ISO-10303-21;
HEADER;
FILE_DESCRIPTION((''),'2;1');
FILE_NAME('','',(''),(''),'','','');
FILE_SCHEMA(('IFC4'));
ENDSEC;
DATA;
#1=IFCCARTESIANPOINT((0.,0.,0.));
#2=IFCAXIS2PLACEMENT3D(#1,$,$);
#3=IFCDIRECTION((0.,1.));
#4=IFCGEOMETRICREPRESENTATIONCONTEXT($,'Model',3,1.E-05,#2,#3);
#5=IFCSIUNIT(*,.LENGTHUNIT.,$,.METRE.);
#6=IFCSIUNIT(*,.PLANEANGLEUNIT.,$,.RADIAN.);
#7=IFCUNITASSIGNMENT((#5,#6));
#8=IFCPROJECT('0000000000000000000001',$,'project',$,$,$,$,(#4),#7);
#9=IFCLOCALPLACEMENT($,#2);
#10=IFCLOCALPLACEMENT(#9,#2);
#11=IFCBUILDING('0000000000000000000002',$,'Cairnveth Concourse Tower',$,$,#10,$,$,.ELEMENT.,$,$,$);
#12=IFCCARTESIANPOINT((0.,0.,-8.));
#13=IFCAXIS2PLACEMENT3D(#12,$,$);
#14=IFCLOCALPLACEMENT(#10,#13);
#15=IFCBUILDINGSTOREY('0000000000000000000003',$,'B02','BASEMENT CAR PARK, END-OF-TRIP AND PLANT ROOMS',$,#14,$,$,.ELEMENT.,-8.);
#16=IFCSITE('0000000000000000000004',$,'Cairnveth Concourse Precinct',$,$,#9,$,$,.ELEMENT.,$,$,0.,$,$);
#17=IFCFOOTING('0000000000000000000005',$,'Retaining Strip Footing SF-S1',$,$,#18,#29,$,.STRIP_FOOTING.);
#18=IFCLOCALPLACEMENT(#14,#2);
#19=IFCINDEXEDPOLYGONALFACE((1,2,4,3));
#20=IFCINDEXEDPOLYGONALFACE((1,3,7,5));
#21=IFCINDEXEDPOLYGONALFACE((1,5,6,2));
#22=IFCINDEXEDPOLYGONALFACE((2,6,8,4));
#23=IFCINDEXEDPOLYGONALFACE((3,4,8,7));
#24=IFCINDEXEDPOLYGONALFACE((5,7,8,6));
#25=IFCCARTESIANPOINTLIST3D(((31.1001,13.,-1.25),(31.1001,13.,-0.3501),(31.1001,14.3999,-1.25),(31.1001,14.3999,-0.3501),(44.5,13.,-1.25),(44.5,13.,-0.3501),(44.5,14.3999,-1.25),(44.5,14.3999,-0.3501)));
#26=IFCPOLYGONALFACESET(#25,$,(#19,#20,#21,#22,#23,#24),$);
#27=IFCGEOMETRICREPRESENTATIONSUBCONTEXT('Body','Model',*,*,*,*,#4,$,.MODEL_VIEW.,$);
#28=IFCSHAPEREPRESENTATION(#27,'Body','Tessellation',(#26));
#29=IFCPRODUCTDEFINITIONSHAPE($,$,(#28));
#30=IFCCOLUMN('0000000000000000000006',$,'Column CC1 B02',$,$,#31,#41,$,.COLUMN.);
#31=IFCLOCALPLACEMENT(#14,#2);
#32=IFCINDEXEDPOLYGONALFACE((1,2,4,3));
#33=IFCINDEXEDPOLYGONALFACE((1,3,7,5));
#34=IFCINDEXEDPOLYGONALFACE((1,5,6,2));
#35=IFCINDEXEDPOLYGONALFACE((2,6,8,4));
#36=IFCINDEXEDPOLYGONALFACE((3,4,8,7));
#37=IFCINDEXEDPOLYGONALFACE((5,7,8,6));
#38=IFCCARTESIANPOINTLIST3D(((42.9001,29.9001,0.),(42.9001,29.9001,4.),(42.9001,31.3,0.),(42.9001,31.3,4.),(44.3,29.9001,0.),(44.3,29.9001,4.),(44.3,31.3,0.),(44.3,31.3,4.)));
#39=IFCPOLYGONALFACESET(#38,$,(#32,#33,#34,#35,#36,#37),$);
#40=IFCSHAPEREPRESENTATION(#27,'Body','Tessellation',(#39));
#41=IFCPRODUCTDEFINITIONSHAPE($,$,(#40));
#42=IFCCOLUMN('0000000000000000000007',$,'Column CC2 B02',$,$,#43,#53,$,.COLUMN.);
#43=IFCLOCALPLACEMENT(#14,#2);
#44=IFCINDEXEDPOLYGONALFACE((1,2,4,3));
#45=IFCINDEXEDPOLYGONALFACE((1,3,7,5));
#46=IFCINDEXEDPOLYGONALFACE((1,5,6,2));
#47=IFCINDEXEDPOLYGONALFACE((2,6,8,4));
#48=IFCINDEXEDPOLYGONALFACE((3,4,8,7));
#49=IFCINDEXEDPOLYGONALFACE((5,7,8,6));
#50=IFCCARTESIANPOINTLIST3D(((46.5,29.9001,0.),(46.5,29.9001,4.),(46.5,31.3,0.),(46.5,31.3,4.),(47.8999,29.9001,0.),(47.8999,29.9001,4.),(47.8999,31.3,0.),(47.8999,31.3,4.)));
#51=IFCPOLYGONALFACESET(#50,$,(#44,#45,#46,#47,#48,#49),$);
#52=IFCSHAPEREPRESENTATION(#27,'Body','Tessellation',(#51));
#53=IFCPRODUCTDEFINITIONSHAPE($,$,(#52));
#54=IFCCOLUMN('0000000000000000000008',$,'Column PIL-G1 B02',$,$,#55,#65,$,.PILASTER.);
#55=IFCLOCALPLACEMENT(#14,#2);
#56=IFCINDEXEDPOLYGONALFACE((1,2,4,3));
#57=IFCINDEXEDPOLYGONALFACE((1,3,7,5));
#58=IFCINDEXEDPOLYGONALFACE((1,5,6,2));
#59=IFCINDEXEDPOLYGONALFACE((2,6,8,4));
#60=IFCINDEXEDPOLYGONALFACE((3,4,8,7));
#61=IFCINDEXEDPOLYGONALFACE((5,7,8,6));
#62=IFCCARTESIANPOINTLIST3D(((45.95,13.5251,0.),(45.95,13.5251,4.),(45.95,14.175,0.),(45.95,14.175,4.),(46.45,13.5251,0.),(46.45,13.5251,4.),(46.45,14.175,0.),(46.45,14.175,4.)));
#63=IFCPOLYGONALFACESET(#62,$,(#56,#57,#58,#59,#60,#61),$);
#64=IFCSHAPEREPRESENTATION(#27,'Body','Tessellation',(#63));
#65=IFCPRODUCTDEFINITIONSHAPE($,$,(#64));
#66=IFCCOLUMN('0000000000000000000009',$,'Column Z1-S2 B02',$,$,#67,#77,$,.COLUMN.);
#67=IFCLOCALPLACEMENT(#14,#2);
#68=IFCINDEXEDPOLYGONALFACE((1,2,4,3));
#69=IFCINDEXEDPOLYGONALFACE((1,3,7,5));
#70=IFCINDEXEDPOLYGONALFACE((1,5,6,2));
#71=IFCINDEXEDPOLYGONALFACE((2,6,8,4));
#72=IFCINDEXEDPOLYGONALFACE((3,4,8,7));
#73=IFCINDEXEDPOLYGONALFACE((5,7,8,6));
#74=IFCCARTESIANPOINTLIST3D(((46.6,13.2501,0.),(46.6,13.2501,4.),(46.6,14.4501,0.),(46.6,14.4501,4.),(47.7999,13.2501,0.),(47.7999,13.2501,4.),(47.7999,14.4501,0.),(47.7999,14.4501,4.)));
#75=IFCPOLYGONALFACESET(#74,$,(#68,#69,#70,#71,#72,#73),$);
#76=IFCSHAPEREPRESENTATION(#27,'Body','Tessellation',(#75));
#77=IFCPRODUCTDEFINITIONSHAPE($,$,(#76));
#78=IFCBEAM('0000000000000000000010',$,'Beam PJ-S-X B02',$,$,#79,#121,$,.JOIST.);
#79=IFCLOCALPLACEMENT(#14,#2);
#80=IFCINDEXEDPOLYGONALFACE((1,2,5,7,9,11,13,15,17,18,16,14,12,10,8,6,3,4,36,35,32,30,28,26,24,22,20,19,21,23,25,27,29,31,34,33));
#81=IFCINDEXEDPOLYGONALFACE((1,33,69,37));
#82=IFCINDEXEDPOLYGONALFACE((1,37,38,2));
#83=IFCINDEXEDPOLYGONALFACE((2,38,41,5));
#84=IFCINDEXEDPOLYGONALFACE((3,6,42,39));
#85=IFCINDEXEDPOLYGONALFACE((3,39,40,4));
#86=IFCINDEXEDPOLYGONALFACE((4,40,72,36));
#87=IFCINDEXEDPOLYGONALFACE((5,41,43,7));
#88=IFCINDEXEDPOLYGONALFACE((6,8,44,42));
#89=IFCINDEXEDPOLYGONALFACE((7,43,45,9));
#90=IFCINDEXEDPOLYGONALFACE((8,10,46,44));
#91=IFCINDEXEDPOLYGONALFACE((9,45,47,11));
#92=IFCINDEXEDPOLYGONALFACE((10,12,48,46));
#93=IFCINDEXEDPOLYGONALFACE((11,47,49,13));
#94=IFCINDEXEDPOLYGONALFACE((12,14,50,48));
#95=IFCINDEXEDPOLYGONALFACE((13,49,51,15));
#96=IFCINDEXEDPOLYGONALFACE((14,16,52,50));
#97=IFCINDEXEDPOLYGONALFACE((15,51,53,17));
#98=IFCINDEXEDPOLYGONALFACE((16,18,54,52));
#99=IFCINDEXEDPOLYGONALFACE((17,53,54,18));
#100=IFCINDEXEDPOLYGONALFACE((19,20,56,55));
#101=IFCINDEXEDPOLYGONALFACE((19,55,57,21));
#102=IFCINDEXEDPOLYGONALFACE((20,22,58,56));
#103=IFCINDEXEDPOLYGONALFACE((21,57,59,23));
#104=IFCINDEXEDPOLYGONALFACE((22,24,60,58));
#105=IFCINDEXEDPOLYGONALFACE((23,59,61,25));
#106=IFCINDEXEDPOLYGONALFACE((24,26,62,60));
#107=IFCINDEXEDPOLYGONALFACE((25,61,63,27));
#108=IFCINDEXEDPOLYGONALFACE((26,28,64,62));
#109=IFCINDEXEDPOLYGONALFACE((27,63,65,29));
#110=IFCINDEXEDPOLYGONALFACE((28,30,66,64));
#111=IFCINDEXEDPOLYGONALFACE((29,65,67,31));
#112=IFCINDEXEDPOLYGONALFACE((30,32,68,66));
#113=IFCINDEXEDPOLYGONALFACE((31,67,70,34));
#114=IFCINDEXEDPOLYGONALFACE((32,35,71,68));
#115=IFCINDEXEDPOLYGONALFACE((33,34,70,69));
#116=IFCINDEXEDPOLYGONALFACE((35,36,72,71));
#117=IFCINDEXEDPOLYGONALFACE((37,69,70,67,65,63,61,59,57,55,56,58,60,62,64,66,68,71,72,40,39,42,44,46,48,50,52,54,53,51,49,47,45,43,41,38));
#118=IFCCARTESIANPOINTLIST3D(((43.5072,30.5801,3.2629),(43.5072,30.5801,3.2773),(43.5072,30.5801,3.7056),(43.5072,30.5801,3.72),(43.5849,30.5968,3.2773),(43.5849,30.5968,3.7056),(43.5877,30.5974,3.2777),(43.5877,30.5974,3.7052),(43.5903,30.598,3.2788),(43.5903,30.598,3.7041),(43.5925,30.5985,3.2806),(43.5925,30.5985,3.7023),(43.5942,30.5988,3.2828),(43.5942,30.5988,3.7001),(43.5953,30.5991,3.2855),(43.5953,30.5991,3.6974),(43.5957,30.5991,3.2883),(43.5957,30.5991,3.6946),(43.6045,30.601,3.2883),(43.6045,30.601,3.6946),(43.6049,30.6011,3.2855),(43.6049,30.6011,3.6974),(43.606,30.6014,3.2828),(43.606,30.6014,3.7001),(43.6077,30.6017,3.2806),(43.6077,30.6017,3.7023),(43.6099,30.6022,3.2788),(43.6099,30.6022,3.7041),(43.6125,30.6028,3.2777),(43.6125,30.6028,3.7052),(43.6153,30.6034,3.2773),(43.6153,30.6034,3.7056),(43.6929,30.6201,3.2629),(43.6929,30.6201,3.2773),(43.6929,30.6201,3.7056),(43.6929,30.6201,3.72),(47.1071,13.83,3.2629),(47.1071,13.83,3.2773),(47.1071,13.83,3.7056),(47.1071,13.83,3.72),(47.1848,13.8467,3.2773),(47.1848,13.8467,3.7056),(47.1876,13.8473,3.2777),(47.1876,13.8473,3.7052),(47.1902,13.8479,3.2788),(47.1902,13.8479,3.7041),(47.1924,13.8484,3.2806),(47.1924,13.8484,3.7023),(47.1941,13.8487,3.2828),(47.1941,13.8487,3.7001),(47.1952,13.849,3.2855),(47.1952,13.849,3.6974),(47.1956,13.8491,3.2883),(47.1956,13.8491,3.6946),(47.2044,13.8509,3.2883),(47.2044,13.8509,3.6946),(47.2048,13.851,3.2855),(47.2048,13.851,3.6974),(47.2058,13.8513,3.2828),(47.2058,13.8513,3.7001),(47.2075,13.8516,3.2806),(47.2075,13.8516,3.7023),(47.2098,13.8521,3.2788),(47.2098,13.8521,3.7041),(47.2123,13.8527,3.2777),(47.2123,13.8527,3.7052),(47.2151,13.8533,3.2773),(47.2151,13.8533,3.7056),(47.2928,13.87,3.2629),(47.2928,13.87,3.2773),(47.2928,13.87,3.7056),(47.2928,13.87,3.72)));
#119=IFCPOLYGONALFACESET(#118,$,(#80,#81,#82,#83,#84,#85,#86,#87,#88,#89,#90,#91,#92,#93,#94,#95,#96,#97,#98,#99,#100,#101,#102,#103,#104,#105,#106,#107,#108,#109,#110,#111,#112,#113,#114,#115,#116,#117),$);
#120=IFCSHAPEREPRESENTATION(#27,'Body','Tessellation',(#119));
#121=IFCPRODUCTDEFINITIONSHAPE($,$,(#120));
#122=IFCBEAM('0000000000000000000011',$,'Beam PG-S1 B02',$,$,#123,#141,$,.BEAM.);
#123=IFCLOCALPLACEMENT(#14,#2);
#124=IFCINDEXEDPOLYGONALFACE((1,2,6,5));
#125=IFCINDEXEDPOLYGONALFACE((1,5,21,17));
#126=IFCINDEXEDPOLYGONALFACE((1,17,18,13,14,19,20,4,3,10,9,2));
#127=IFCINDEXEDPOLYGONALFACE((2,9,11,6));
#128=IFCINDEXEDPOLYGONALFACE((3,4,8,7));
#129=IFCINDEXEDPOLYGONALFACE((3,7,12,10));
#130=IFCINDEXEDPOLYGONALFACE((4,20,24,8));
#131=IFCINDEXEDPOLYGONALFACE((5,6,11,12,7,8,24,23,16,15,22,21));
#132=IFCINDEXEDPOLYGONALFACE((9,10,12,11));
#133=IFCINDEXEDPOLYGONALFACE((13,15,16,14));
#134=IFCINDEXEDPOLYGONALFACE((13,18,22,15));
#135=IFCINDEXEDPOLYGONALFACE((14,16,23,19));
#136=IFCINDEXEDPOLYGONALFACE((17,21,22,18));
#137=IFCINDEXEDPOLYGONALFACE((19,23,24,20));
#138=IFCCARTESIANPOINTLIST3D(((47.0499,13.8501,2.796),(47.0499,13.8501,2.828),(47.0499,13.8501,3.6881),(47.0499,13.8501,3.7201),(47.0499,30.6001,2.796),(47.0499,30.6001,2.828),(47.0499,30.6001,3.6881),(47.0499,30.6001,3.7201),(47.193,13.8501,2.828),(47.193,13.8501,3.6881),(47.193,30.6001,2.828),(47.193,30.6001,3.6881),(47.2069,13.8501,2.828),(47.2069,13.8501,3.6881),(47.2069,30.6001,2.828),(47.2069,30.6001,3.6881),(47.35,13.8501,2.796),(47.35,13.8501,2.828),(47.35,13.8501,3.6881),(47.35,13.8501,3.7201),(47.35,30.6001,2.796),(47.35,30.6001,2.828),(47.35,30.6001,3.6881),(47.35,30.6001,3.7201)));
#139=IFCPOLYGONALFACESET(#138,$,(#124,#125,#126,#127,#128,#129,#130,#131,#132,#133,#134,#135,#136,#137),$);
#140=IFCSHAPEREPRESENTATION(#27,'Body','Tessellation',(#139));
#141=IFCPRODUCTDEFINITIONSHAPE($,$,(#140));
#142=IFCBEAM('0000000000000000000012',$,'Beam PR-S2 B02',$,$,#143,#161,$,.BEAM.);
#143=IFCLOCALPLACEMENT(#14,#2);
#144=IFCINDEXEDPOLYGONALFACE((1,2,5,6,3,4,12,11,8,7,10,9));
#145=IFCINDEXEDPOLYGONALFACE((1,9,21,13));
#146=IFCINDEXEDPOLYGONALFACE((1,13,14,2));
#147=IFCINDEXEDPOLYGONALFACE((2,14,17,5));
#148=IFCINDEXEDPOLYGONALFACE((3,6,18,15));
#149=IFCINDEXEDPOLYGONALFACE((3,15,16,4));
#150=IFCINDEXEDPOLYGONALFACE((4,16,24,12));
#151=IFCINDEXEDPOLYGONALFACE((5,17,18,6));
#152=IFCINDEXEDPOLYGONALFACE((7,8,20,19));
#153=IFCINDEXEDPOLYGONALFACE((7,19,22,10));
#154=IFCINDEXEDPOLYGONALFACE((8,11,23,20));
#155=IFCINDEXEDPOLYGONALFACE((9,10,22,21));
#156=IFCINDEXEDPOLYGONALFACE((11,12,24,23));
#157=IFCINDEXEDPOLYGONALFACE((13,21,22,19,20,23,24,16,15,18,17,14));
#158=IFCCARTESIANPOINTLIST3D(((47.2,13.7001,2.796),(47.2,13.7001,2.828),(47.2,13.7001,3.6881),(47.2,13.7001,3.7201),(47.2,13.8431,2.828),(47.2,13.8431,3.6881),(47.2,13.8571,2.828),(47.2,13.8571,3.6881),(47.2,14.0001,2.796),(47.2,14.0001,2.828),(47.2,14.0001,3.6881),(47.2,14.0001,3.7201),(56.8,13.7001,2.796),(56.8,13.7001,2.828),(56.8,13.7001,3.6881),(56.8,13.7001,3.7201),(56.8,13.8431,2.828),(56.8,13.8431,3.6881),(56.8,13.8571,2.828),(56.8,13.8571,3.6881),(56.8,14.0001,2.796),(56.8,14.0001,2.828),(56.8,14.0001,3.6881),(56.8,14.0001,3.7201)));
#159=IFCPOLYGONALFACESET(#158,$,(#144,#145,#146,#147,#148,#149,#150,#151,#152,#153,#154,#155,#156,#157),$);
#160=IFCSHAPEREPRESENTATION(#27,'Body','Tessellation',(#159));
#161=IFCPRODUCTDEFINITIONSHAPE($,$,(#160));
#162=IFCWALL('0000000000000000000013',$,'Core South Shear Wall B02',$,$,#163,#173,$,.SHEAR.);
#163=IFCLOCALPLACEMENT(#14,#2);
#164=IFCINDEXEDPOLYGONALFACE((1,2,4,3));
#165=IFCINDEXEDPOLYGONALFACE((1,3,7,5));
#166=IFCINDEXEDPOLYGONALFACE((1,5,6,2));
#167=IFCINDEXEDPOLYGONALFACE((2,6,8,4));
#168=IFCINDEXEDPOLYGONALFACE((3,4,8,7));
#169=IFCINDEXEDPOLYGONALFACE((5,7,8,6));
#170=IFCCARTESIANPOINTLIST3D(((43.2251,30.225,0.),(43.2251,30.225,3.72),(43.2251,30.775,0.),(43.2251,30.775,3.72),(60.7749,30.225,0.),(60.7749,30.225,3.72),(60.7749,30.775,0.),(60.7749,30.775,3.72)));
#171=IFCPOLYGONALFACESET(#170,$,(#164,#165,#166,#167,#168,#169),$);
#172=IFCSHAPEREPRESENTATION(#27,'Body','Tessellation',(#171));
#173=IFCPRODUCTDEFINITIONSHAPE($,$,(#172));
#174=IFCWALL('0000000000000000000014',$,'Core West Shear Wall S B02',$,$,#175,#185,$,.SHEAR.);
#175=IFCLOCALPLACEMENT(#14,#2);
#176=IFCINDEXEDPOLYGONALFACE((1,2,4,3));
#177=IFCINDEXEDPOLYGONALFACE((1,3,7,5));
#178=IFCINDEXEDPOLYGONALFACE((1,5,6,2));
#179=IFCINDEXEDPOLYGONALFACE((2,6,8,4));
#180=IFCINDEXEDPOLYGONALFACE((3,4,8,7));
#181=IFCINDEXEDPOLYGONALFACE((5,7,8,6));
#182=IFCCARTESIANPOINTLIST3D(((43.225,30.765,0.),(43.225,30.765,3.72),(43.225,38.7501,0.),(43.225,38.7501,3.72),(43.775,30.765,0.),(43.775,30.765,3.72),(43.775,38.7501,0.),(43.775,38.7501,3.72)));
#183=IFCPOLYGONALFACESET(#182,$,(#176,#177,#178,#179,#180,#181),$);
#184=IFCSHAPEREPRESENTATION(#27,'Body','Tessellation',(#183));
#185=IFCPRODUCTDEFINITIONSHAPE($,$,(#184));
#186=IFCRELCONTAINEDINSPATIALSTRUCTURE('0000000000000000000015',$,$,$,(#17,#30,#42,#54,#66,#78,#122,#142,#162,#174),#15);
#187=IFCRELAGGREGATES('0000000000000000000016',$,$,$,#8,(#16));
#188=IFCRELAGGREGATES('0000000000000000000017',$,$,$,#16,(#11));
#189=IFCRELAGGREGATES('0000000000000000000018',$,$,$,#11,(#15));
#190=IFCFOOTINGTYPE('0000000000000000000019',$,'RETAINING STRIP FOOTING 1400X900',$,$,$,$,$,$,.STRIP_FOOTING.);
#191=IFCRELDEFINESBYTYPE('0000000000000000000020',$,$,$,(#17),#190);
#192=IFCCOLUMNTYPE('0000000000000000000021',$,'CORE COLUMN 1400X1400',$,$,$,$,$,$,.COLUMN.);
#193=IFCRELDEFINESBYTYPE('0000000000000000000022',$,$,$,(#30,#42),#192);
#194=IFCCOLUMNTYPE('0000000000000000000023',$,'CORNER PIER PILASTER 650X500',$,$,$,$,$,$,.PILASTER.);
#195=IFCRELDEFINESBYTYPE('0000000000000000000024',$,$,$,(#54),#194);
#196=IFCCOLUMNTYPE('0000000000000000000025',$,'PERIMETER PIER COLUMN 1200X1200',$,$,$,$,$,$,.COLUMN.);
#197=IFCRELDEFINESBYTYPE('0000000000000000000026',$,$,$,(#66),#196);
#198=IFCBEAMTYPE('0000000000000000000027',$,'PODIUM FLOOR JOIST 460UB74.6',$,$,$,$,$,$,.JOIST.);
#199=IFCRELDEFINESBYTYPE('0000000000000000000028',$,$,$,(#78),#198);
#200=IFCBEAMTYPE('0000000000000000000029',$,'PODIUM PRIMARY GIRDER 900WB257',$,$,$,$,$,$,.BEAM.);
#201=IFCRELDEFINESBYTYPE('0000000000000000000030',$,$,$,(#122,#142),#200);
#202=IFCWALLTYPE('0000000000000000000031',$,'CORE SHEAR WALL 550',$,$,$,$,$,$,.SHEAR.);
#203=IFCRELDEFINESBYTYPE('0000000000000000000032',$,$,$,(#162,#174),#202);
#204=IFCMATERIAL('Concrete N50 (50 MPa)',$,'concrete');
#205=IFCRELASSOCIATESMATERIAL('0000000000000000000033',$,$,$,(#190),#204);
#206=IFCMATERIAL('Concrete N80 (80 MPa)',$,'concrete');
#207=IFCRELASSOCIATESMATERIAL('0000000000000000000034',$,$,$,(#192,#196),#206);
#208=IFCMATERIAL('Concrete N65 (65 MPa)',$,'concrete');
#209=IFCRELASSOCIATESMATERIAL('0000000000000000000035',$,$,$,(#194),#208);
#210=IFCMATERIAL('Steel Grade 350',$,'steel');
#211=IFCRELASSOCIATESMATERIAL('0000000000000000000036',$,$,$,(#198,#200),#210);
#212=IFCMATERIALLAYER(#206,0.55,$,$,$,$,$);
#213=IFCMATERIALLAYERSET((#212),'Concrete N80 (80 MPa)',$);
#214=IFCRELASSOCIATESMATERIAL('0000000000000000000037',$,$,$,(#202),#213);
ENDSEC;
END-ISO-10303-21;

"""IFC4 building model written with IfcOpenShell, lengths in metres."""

from ifc_helpers import new_model, si_unit, direction, frame, frame_2d, origin, origin_2d, place, context, subcontext, project, spatial, rectangle, i_section, extrude, material, layer, layer_set, material_profile, profile_set, type_object, element, save


model = new_model("IFC4")

# Units and contexts
model_context = context("Model", 3, precision=1e-05, world=origin(), true_north=direction((0.0, 1.0)))
body_context = subcontext(model_context, "Body", "Model", "MODEL_VIEW")
ifc_project = project(units=[si_unit("LENGTHUNIT", "METRE"), si_unit("PLANEANGLEUNIT", "RADIAN")], contexts=[model_context])

# Site, building, storey
site_placement = place(None, origin())
site = spatial("IfcSite", under=ifc_project, at=site_placement, Name="Cairnveth Concourse Precinct", CompositionType="ELEMENT", RefElevation=0.0)
building_placement = place(site_placement, origin())
building = spatial("IfcBuilding", under=site, at=building_placement, Name="Cairnveth Concourse Tower", CompositionType="ELEMENT")
storey_placement = place(building_placement, frame((0.0, 0.0, -8.0)))
storey = spatial("IfcBuildingStorey", under=building, at=storey_placement, Name="B02", Description="BASEMENT CAR PARK, END-OF-TRIP AND PLANT ROOMS", CompositionType="ELEMENT", Elevation=-8.0)

# Shared definitions
ifc_material_1 = material(Name="Concrete N50 (50 MPa)", Category="concrete")
ifc_material_2 = material(Name="Concrete N65 (65 MPa)", Category="concrete")

# Footing
ifc_material_profile_1 = material_profile(ifc_material_1, rectangle(XDim=1.3999, YDim=0.8999, at=origin_2d()), Name="SF-1400x900")
ifc_profile_set_1 = profile_set([ifc_material_profile_1], Name="Concrete N50 (50 MPa)")
footing_type_1 = type_object("IfcFootingType", Name="RETAINING STRIP FOOTING 1400X900", PredefinedType="STRIP_FOOTING", material=ifc_profile_set_1)
footing_1_placement = place(storey_placement, frame((31.1001, 13.7, -0.8), z_axis=(1.0, 0.0, 0.0), x_axis=(0.0, 1.0, 0.0)))
element("IfcFooting", 1, at=footing_1_placement, inside=storey, type_object=footing_type_1, Name="Retaining Strip Footing SF-S1", PredefinedType="STRIP_FOOTING", context=body_context, shape_type="SweptSolid", body=[
    extrude(rectangle(XDim=1.3999, YDim=0.8999, at=origin_2d()), origin(), (0.0, 0.0, 1.0), 13.3999),
])

# Columns
ifc_material_3 = material(Name="Concrete N80 (80 MPa)", Category="concrete")
ifc_material_profile_2 = material_profile(ifc_material_3, rectangle(XDim=1.3999, YDim=1.3999, at=origin_2d()), Name="RC-COL-1400x1400")
ifc_profile_set_2 = profile_set([ifc_material_profile_2], Name="Concrete N80 (80 MPa)")
column_type_1 = type_object("IfcColumnType", Name="CORE COLUMN 1400X1400", PredefinedType="COLUMN", material=ifc_profile_set_2)
for number, where, z_axis, x_axis, name in (
    (2, (43.6001, 30.6001, 0.0), (0.0, 0.0, 1.0), (1.0, 0.0, 0.0), "Column CC1 B02"),
    (3, (47.2, 30.6001, 0.0), (0.0, 0.0, 1.0), (1.0, 0.0, 0.0), "Column CC2 B02"),
):
    element("IfcColumn", number, at=place(storey_placement, frame(where, z_axis=z_axis, x_axis=x_axis)), inside=storey, type_object=column_type_1, Name=name, PredefinedType="COLUMN", context=body_context, shape_type="SweptSolid", body=[
        extrude(rectangle(XDim=1.3999, YDim=1.3999, at=origin_2d()), origin(), (0.0, 0.0, 1.0), 4.0),
    ])
ifc_material_profile_3 = material_profile(ifc_material_2, rectangle(XDim=0.5, YDim=0.6499, at=origin_2d()), Name="RC-PIL-650x500")
ifc_profile_set_3 = profile_set([ifc_material_profile_3], Name="Concrete N65 (65 MPa)")
column_type_2 = type_object("IfcColumnType", Name="CORNER PIER PILASTER 650X500", PredefinedType="PILASTER", material=ifc_profile_set_3)
column_1_placement = place(storey_placement, frame((46.2, 13.8501, 0.0), z_axis=(0.0, 0.0, 1.0), x_axis=(1.0, 0.0, 0.0)))
element("IfcColumn", 4, at=column_1_placement, inside=storey, type_object=column_type_2, Name="Column PIL-G1 B02", PredefinedType="PILASTER", context=body_context, shape_type="SweptSolid", body=[
    extrude(rectangle(XDim=0.5, YDim=0.6499, at=origin_2d()), origin(), (0.0, 0.0, 1.0), 4.0),
])
ifc_material_profile_4 = material_profile(ifc_material_3, rectangle(XDim=1.2, YDim=1.2, at=origin_2d()), Name="RC-COL-1200x1200")
ifc_profile_set_4 = profile_set([ifc_material_profile_4], Name="Concrete N80 (80 MPa)")
column_type_3 = type_object("IfcColumnType", Name="PERIMETER PIER COLUMN 1200X1200", PredefinedType="COLUMN", material=ifc_profile_set_4)
column_2_placement = place(storey_placement, frame((47.2, 13.8501, 0.0), z_axis=(0.0, 0.0, 1.0), x_axis=(1.0, 0.0, 0.0)))
element("IfcColumn", 5, at=column_2_placement, inside=storey, type_object=column_type_3, Name="Column Z1-S2 B02", PredefinedType="COLUMN", context=body_context, shape_type="SweptSolid", body=[
    extrude(rectangle(XDim=1.2, YDim=1.2, at=origin_2d()), origin(), (0.0, 0.0, 1.0), 4.0),
])

# Beams
ifc_material_4 = material(Name="Steel Grade 350", Category="steel")
ifc_material_profile_5 = material_profile(ifc_material_4, i_section(OverallWidth=0.1899, OverallDepth=0.457, WebThickness=0.009, FlangeThickness=0.0144, FilletRadius=0.011, at=origin_2d()), Name="460UB74.6")
ifc_profile_set_5 = profile_set([ifc_material_profile_5], Name="Steel Grade 350")
beam_type_1 = type_object("IfcBeamType", Name="PODIUM FLOOR JOIST 460UB74.6", PredefinedType="JOIST", material=ifc_profile_set_5)
beam_1_placement = place(storey_placement, frame((43.6001, 30.6001, 3.4915), z_axis=(0.210119, -0.977676, 0.0), x_axis=(0.977676, 0.210119, 0.0)))
element("IfcBeam", 6, at=beam_1_placement, inside=storey, type_object=beam_type_1, Name="Beam PJ-S-X B02", PredefinedType="JOIST", context=body_context, shape_type="SweptSolid", body=[
    extrude(i_section(OverallWidth=0.1899, OverallDepth=0.457, WebThickness=0.009, FlangeThickness=0.0144, FilletRadius=0.011, at=origin_2d()), origin(), (0.0, 0.0, 1.0), 17.1326),
])
ifc_material_profile_6 = material_profile(ifc_material_4, i_section(OverallWidth=0.3, OverallDepth=0.9241, WebThickness=0.0139, FlangeThickness=0.032, at=origin_2d()), Name="900WB257")
ifc_profile_set_6 = profile_set([ifc_material_profile_6], Name="Steel Grade 350")
beam_type_2 = type_object("IfcBeamType", Name="PODIUM PRIMARY GIRDER 900WB257", PredefinedType="BEAM", material=ifc_profile_set_6)
beam_2_placement = place(storey_placement, frame((47.2, 13.8501, 3.2581), z_axis=(0.0, 1.0, 0.0), x_axis=(-1.0, 0.0, 0.0)))
element("IfcBeam", 7, at=beam_2_placement, inside=storey, type_object=beam_type_2, Name="Beam PG-S1 B02", PredefinedType="BEAM", context=body_context, shape_type="SweptSolid", body=[
    extrude(i_section(OverallWidth=0.3, OverallDepth=0.9241, WebThickness=0.0139, FlangeThickness=0.032, at=origin_2d()), origin(), (0.0, 0.0, 1.0), 16.75),
])
beam_3_placement = place(storey_placement, frame((47.2, 13.8501, 3.2581), z_axis=(1.0, 0.0, 0.0), x_axis=(0.0, 1.0, 0.0)))
element("IfcBeam", 8, at=beam_3_placement, inside=storey, type_object=beam_type_2, Name="Beam PR-S2 B02", PredefinedType="BEAM", context=body_context, shape_type="SweptSolid", body=[
    extrude(i_section(OverallWidth=0.3, OverallDepth=0.9241, WebThickness=0.0139, FlangeThickness=0.032, at=origin_2d()), origin(), (0.0, 0.0, 1.0), 9.6001),
])

# Walls
ifc_layer_1 = layer(ifc_material_3, 0.55)
ifc_layer_set_1 = layer_set([ifc_layer_1], Name="Concrete N80 (80 MPa)")
wall_type_1 = type_object("IfcWallType", Name="CORE SHEAR WALL 550", PredefinedType="SHEAR", material=ifc_layer_set_1)
wall_1_placement = place(storey_placement, frame((43.2251, 30.5, 0.0), z_axis=(0.0, 0.0, 1.0), x_axis=(1.0, 0.0, 0.0)))
element("IfcWall", 9, at=wall_1_placement, inside=storey, type_object=wall_type_1, Name="Core South Shear Wall B02", PredefinedType="SHEAR", context=body_context, shape_type="SweptSolid", body=[
    extrude(rectangle(XDim=17.5498, YDim=0.55, at=frame_2d((8.7749, 0.0))), origin(), (0.0, 0.0, 1.0), 3.72),
])
wall_2_placement = place(storey_placement, frame((43.5, 30.7649, 0.0), z_axis=(0.0, 0.0, 1.0), x_axis=(0.0, 1.0, 0.0)))
element("IfcWall", 10, at=wall_2_placement, inside=storey, type_object=wall_type_1, Name="Core West Shear Wall S B02", PredefinedType="SHEAR", context=body_context, shape_type="SweptSolid", body=[
    extrude(rectangle(XDim=7.9851, YDim=0.55, at=frame_2d((3.9927, 0.0))), origin(), (0.0, 0.0, 1.0), 3.72),
])

save(model, "model.ifc")
